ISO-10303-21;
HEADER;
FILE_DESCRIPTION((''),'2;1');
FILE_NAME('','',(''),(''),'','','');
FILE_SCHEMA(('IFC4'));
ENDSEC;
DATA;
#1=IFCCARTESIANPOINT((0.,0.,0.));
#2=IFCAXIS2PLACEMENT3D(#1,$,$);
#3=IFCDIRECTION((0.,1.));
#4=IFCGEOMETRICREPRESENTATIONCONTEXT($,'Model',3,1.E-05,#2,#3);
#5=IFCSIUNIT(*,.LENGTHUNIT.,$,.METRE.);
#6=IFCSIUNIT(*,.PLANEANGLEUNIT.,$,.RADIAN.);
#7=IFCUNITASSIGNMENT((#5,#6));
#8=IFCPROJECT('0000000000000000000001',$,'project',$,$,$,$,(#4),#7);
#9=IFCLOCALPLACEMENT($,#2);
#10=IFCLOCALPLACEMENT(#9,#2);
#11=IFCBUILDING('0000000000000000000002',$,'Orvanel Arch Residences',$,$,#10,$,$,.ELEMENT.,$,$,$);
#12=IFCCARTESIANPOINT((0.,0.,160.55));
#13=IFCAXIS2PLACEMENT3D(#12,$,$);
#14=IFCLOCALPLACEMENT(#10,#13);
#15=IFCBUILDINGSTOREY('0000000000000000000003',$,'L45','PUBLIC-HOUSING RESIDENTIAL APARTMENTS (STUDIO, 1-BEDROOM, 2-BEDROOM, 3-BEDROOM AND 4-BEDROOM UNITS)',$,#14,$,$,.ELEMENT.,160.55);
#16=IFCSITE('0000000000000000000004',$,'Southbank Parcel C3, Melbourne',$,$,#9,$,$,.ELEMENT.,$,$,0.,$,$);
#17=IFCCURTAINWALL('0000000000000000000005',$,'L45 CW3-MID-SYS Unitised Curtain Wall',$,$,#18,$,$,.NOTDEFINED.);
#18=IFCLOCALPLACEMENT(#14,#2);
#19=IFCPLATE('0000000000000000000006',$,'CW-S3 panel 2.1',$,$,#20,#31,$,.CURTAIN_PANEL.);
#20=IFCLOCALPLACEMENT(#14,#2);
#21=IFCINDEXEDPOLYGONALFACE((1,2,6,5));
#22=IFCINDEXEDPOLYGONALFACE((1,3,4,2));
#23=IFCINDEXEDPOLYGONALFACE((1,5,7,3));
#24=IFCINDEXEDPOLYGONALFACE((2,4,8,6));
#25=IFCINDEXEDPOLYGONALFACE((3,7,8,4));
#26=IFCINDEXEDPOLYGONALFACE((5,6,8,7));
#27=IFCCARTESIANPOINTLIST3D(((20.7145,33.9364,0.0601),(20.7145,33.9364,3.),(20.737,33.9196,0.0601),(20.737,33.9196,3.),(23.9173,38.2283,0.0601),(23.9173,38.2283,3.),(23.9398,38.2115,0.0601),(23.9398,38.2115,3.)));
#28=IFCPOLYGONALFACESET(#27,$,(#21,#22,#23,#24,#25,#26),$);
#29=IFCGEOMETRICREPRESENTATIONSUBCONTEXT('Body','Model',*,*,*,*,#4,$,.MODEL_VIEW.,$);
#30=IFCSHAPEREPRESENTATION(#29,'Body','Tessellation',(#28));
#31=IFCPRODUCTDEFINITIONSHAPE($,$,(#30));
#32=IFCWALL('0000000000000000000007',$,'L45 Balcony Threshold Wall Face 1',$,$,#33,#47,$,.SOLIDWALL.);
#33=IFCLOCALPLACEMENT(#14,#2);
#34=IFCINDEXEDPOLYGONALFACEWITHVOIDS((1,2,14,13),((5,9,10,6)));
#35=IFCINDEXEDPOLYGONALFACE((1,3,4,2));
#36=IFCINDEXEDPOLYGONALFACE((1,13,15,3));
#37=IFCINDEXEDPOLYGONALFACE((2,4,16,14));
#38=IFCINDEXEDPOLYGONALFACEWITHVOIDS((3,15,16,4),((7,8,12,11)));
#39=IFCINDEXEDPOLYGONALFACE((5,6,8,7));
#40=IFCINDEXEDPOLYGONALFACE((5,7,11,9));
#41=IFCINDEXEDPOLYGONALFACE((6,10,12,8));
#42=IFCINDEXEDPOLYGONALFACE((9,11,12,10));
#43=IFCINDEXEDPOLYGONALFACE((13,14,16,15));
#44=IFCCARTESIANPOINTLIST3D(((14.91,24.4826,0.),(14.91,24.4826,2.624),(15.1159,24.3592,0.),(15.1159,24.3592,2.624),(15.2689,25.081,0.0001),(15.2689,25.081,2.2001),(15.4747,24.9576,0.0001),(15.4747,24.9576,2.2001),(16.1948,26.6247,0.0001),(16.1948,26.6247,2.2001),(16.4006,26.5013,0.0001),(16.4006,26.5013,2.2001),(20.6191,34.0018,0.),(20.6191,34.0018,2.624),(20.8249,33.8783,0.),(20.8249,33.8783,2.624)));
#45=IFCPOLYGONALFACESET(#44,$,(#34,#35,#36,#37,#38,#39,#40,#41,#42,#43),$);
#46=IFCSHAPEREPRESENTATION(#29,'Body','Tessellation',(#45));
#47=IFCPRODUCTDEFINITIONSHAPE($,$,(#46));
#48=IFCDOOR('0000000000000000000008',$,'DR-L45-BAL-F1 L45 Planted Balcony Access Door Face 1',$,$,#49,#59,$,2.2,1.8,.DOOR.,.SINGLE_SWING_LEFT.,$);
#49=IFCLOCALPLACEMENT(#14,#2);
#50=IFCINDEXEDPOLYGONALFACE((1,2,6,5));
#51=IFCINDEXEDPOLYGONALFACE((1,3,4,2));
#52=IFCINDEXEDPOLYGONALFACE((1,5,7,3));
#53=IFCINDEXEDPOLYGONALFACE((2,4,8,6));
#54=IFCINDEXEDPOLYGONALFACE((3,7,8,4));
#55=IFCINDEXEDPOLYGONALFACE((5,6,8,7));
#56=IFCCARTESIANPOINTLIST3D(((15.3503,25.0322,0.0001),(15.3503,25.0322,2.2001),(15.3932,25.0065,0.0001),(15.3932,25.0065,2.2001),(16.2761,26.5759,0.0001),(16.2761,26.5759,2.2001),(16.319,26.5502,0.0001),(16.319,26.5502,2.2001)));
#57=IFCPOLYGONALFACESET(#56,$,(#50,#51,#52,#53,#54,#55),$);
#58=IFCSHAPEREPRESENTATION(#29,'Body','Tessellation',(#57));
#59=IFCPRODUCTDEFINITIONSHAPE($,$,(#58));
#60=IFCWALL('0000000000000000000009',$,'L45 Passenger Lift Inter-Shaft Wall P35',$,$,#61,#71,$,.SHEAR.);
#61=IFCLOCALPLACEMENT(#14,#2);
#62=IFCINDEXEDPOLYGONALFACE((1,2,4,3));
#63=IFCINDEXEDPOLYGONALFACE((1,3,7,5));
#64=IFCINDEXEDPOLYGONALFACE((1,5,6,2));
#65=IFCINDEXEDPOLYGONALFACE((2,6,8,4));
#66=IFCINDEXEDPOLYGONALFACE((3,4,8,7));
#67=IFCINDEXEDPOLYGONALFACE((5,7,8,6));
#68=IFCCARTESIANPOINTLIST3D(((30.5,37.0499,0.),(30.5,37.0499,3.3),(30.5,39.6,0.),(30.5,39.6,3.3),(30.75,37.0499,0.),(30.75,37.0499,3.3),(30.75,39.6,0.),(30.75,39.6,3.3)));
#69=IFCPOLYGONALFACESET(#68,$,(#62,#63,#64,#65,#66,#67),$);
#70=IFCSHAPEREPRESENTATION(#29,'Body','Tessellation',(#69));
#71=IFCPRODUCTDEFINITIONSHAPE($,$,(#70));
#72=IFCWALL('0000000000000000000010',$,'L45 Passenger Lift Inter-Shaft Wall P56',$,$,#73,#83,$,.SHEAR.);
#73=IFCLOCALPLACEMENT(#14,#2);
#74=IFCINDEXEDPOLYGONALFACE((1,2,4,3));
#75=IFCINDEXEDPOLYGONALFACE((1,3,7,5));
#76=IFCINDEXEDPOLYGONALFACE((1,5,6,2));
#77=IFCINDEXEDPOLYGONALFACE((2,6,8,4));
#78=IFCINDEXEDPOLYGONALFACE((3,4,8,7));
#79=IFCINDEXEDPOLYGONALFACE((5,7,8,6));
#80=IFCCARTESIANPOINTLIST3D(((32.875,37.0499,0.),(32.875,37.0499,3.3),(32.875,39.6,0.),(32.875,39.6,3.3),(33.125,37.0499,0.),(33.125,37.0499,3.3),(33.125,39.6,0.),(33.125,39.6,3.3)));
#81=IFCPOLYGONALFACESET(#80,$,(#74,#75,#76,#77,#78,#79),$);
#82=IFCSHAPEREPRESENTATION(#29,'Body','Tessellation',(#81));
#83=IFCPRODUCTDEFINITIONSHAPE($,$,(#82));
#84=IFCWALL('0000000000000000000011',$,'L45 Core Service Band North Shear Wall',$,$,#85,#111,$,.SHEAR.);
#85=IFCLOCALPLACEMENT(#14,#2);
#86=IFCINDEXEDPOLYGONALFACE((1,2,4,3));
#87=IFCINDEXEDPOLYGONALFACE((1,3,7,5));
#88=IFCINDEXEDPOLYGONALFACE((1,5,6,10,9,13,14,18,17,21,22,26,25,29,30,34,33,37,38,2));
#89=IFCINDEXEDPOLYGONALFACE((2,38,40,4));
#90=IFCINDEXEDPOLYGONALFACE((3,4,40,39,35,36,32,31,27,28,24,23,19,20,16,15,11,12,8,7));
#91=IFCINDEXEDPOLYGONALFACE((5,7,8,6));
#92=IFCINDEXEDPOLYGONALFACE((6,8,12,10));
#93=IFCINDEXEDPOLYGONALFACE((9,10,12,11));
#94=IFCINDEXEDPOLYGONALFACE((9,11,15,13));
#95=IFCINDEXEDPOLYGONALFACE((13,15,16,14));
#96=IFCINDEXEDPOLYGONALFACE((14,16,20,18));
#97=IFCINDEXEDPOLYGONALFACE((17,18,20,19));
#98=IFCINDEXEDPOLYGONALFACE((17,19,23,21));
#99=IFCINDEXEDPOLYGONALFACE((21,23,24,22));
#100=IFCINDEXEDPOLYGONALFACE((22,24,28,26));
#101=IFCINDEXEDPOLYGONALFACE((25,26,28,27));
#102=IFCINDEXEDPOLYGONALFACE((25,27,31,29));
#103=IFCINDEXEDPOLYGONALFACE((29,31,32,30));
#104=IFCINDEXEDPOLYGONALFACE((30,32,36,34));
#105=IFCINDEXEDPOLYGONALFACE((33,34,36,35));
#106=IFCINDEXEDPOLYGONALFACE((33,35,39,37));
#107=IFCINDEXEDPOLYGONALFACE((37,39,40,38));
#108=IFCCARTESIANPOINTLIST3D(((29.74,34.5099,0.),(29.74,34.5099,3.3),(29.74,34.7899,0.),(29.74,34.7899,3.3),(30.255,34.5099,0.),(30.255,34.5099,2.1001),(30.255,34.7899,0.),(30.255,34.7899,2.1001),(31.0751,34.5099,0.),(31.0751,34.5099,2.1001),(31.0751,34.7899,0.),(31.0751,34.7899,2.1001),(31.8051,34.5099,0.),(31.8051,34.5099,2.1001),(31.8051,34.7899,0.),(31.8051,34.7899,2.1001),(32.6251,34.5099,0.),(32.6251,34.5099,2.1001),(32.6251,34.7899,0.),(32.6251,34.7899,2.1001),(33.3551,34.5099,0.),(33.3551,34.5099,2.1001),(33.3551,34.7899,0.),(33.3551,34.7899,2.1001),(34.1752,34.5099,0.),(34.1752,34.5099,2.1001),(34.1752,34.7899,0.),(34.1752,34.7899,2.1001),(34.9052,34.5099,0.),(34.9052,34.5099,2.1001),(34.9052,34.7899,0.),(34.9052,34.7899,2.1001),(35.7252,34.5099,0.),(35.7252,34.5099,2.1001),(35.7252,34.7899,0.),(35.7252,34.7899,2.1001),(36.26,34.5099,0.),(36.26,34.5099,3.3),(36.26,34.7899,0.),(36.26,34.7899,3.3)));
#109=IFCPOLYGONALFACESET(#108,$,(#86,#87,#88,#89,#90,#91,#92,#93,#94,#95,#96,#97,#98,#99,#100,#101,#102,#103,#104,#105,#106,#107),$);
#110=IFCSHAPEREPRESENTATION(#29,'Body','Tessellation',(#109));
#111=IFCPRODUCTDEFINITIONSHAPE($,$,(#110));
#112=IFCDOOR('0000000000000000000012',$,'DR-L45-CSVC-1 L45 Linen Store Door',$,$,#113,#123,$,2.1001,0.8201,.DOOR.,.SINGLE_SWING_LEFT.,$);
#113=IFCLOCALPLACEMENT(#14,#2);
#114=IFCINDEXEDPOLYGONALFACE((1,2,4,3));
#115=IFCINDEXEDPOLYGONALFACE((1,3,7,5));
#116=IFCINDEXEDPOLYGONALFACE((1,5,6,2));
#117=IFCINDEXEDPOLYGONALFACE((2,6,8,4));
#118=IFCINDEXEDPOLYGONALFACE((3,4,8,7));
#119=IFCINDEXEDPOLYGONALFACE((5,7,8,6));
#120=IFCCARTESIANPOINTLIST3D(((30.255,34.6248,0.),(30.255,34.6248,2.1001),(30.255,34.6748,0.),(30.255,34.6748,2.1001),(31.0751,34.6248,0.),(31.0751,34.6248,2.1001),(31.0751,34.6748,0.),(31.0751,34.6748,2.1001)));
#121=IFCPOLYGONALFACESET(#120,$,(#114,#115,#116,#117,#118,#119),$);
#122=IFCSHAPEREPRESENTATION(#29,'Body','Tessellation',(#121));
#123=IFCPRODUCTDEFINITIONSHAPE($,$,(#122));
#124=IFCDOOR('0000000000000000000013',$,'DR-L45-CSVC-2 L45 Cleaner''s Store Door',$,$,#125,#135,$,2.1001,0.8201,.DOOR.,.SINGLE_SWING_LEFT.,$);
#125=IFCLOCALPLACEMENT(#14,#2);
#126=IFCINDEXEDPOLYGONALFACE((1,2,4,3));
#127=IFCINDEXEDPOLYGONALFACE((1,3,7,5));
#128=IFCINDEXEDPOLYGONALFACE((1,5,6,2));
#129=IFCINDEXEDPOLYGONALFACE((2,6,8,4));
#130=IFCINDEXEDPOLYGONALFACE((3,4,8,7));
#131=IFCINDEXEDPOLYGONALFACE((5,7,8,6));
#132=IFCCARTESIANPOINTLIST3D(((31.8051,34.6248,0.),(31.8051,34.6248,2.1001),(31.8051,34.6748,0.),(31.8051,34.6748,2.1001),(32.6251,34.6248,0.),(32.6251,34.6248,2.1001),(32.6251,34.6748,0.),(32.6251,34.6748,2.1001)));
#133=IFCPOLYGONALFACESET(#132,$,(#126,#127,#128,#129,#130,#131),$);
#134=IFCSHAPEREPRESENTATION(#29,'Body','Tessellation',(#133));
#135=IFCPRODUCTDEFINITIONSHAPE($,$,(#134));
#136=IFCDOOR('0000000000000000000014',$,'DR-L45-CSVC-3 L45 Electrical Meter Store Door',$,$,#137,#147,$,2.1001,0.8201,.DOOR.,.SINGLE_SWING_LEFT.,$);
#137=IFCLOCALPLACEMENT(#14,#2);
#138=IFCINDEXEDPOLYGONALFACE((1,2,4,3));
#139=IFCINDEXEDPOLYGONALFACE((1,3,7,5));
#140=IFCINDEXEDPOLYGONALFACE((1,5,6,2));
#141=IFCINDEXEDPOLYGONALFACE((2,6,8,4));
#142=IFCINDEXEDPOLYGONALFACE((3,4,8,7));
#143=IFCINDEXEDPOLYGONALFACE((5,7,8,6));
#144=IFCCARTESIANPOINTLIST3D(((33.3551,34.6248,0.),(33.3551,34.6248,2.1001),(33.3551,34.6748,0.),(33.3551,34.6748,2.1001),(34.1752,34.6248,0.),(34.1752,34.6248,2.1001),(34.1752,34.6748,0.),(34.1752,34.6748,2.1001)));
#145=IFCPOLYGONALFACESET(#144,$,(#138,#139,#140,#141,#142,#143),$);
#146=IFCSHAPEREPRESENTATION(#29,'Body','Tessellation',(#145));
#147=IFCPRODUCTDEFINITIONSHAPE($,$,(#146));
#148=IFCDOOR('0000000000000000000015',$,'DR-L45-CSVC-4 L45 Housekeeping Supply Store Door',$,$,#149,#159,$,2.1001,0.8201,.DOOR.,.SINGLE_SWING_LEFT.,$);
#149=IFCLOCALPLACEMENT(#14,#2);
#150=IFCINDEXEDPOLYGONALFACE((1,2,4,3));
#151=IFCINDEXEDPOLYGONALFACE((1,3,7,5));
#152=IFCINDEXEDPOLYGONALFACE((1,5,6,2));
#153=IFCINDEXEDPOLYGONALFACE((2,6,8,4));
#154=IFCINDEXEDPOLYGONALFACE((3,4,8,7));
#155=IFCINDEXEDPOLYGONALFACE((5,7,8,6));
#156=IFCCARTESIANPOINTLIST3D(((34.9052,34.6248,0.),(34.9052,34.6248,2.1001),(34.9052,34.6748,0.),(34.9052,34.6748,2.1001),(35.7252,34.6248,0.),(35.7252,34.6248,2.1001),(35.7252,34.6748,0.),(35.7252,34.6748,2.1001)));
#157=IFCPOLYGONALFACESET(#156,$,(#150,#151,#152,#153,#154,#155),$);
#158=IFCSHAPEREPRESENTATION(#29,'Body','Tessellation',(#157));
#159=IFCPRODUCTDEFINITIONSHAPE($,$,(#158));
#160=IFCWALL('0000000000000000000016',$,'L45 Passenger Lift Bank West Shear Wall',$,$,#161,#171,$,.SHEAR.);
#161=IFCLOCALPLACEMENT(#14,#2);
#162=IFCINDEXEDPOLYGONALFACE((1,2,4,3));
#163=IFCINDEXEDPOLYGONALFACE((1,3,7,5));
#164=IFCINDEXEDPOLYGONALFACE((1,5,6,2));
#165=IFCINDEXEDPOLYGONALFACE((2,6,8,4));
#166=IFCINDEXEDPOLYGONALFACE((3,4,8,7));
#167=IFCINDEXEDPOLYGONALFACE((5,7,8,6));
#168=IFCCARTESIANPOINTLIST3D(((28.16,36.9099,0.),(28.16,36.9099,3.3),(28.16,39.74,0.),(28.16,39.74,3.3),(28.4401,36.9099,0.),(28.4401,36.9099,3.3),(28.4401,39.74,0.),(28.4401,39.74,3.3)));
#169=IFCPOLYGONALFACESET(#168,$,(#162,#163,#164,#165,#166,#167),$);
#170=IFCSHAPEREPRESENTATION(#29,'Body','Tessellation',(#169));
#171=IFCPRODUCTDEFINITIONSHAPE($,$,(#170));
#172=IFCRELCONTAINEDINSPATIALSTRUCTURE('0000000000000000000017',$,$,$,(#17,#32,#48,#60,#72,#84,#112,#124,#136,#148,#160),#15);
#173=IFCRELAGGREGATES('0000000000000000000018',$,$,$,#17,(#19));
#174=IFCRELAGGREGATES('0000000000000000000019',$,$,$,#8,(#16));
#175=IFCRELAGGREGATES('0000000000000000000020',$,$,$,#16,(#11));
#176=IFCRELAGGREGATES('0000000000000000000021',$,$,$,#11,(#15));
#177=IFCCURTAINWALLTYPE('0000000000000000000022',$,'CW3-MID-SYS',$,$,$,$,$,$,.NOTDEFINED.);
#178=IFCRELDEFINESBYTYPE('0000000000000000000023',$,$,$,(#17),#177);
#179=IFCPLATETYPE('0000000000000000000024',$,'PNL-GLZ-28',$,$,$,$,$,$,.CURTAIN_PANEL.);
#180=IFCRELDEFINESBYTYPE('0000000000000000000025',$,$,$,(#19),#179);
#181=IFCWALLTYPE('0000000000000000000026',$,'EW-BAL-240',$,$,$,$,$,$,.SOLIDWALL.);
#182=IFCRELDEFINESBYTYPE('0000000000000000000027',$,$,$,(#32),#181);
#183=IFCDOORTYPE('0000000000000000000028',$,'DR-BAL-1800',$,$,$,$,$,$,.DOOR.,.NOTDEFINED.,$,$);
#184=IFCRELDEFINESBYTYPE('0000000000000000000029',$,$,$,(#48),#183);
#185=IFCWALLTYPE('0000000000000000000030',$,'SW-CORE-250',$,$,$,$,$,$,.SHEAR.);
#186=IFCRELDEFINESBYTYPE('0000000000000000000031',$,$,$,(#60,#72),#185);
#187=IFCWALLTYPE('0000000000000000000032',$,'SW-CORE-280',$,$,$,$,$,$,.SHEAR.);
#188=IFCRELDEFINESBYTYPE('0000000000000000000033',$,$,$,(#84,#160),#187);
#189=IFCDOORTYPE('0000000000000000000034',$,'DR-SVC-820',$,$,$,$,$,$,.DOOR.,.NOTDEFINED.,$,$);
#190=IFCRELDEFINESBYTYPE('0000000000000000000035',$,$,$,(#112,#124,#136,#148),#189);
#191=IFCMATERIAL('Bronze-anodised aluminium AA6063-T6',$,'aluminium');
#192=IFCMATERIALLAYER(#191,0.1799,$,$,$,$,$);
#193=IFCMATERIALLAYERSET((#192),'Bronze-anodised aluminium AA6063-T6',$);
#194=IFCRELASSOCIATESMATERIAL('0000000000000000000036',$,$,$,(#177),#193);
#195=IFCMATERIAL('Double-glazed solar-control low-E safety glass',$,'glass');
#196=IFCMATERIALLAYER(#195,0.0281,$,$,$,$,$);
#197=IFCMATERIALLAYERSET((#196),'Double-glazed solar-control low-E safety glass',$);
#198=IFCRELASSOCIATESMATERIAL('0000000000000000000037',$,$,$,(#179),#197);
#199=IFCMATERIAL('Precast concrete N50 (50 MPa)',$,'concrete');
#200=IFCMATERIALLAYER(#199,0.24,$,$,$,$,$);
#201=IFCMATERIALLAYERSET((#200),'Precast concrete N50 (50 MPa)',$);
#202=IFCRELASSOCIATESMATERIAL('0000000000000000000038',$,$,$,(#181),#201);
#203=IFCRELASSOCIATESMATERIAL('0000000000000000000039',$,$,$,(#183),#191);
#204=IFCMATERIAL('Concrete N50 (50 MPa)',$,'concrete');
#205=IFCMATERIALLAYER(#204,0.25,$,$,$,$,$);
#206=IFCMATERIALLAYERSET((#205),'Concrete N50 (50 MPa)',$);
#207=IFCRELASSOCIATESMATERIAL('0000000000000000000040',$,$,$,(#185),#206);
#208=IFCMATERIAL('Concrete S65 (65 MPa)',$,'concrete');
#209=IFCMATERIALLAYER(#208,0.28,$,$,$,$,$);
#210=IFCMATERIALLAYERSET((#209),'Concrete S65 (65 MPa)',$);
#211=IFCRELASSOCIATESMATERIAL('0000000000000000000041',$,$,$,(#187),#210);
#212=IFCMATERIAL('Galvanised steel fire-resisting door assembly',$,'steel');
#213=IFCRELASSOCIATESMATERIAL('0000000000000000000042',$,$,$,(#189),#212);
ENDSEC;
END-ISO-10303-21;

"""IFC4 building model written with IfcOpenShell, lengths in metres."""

from ifc_helpers import new_model, si_unit, direction, frame, frame_2d, origin, origin_2d, place, context, subcontext, project, spatial, rectangle, extrude, material, layer, layer_set, type_object, element, fill, aggregate, save


model = new_model("IFC4")

# Units and contexts
model_context = context("Model", 3, precision=1e-05, world=origin(), true_north=direction((0.0, 1.0)))
body_context = subcontext(model_context, "Body", "Model", "MODEL_VIEW")
ifc_project = project(units=[si_unit("LENGTHUNIT", "METRE"), si_unit("PLANEANGLEUNIT", "RADIAN")], contexts=[model_context])

# Site, building, storey
site_placement = place(None, origin())
site = spatial("IfcSite", under=ifc_project, at=site_placement, Name="Southbank Parcel C3, Melbourne", CompositionType="ELEMENT", RefElevation=0.0)
building_placement = place(site_placement, origin())
building = spatial("IfcBuilding", under=site, at=building_placement, Name="Orvanel Arch Residences", CompositionType="ELEMENT")
storey_placement = place(building_placement, frame((0.0, 0.0, 160.55)))
storey = spatial("IfcBuildingStorey", under=building, at=storey_placement, Name="L45", Description="PUBLIC-HOUSING RESIDENTIAL APARTMENTS (STUDIO, 1-BEDROOM, 2-BEDROOM, 3-BEDROOM AND 4-BEDROOM UNITS)", CompositionType="ELEMENT", Elevation=160.55)

# Shared definitions
ifc_material_1 = material(Name="Concrete S65 (65 MPa)", Category="concrete")

# Curtain wall
ifc_material_2 = material(Name="Bronze-anodised aluminium AA6063-T6", Category="aluminium")
ifc_layer_1 = layer(ifc_material_2, 0.1799)
ifc_layer_set_1 = layer_set([ifc_layer_1], Name="Bronze-anodised aluminium AA6063-T6")
curtain_wall_type = type_object("IfcCurtainWallType", Name="CW3-MID-SYS", PredefinedType="NOTDEFINED", material=ifc_layer_set_1)
curtain_wall_placement = place(storey_placement, origin())
curtain_wall = element("IfcCurtainWall", 1, at=curtain_wall_placement, inside=storey, type_object=curtain_wall_type, Name="L45 CW3-MID-SYS Unitised Curtain Wall", PredefinedType="NOTDEFINED")

# Plate
ifc_material_3 = material(Name="Double-glazed solar-control low-E safety glass", Category="glass")
ifc_layer_2 = layer(ifc_material_3, 0.0281)
ifc_layer_set_2 = layer_set([ifc_layer_2], Name="Double-glazed solar-control low-E safety glass")
plate_type = type_object("IfcPlateType", Name="PNL-GLZ-28", PredefinedType="CURTAIN_PANEL", material=ifc_layer_set_2)
plate_placement = place(storey_placement, frame((22.3271, 36.074, 0.0601), z_axis=(0.0, 0.0, 1.0), x_axis=(-0.598064, -0.801448, 0.0)))
plate = element("IfcPlate", 2, at=plate_placement, type_object=plate_type, Name="CW-S3 panel 2.1", PredefinedType="CURTAIN_PANEL", context=body_context, shape_type="SweptSolid", body=[
    extrude(rectangle(XDim=5.3552, YDim=0.0281, at=origin_2d()), origin(), (0.0, 0.0, 1.0), 2.9399),
])
aggregate(curtain_wall, [plate])

# Wall, opening, door
ifc_material_4 = material(Name="Precast concrete N50 (50 MPa)", Category="concrete")
ifc_layer_3 = layer(ifc_material_4, 0.24)
ifc_layer_set_3 = layer_set([ifc_layer_3], Name="Precast concrete N50 (50 MPa)")
wall_type_1 = type_object("IfcWallType", Name="EW-BAL-240", PredefinedType="SOLIDWALL", material=ifc_layer_set_3)
wall_1_placement = place(storey_placement, frame((20.7219, 33.9399, 0.0), z_axis=(0.0, 0.0, 1.0), x_axis=(-0.514334, -0.85759, 0.0)))
wall_1 = element("IfcWall", 3, at=wall_1_placement, inside=storey, type_object=wall_type_1, Name="L45 Balcony Threshold Wall Face 1", PredefinedType="SOLIDWALL", context=body_context, shape_type="SweptSolid", body=[
    extrude(rectangle(XDim=11.0999, YDim=0.24, at=frame_2d((5.5498, 0.0))), origin(), (0.0, 0.0, 1.0), 2.624),
])
opening_1_placement = place(wall_1_placement, frame((8.6021, 0.0, 0.0)))
opening_1 = element("IfcOpeningElement", 4, at=opening_1_placement, cuts=wall_1, PredefinedType="OPENING", context=body_context, shape_type="SweptSolid", body=[
    extrude(rectangle(XDim=1.8, YDim=2.2, at=frame_2d((0.8999, 1.1001))), frame((0.0, 0.1299, 0.0), z_axis=(0.0, -1.0, 0.0), x_axis=(1.0, 0.0, 0.0)), (0.0, 0.0, 1.0), 0.26),
])
door_type_1 = type_object("IfcDoorType", Name="DR-BAL-1800", OperationType="NOTDEFINED", PredefinedType="DOOR", material=ifc_material_2)
door_1_placement = place(opening_1_placement, origin())
door_1 = element("IfcDoor", 5, at=door_1_placement, inside=storey, type_object=door_type_1, Name="DR-L45-BAL-F1 L45 Planted Balcony Access Door Face 1", OperationType="SINGLE_SWING_LEFT", OverallHeight=2.2, OverallWidth=1.8, PredefinedType="DOOR", context=body_context, shape_type="SweptSolid", body=[
    extrude(rectangle(XDim=1.8, YDim=2.2, at=frame_2d((0.8999, 1.1001))), frame((0.0, 0.0249, 0.0), z_axis=(0.0, -1.0, 0.0), x_axis=(1.0, 0.0, 0.0)), (0.0, 0.0, 1.0), 0.05),
])
fill(opening_1, door_1)

# Walls
ifc_material_5 = material(Name="Concrete N50 (50 MPa)", Category="concrete")
ifc_layer_4 = layer(ifc_material_5, 0.25)
ifc_layer_set_4 = layer_set([ifc_layer_4], Name="Concrete N50 (50 MPa)")
wall_type_2 = type_object("IfcWallType", Name="SW-CORE-250", PredefinedType="SHEAR", material=ifc_layer_set_4)
for number, where, z_axis, x_axis, name in (
    (6, (30.625, 37.05, 0.0), (0.0, 0.0, 1.0), (0.0, 1.0, 0.0), "L45 Passenger Lift Inter-Shaft Wall P35"),
    (7, (33.0, 37.05, 0.0), (0.0, 0.0, 1.0), (0.0, 1.0, 0.0), "L45 Passenger Lift Inter-Shaft Wall P56"),
):
    element("IfcWall", number, at=place(storey_placement, frame(where, z_axis=z_axis, x_axis=x_axis)), inside=storey, type_object=wall_type_2, Name=name, PredefinedType="SHEAR", context=body_context, shape_type="SweptSolid", body=[
        extrude(rectangle(XDim=2.55, YDim=0.25, at=frame_2d((1.2749, 0.0))), origin(), (0.0, 0.0, 1.0), 3.3),
    ])

# Wall, openings, doors
ifc_layer_5 = layer(ifc_material_1, 0.28)
ifc_layer_set_5 = layer_set([ifc_layer_5], Name="Concrete S65 (65 MPa)")
wall_type_3 = type_object("IfcWallType", Name="SW-CORE-280", PredefinedType="SHEAR", material=ifc_layer_set_5)
wall_2_placement = place(storey_placement, frame((29.74, 34.6499, 0.0), z_axis=(0.0, 0.0, 1.0), x_axis=(1.0, 0.0, 0.0)))
wall_2 = element("IfcWall", 8, at=wall_2_placement, inside=storey, type_object=wall_type_3, Name="L45 Core Service Band North Shear Wall", PredefinedType="SHEAR", context=body_context, shape_type="SweptSolid", body=[
    extrude(rectangle(XDim=6.52, YDim=0.28, at=frame_2d((3.26, 0.0))), origin(), (0.0, 0.0, 1.0), 3.3),
])
opening_2_placement = place(wall_2_placement, frame((0.5149, 0.0, 0.0)))
opening_2 = element("IfcOpeningElement", 9, at=opening_2_placement, cuts=wall_2, PredefinedType="OPENING", context=body_context, shape_type="SweptSolid", body=[
    extrude(rectangle(XDim=0.8201, YDim=2.1001, at=frame_2d((0.4102, 1.05))), frame((0.0, 0.1499, 0.0), z_axis=(0.0, -1.0, 0.0), x_axis=(1.0, 0.0, 0.0)), (0.0, 0.0, 1.0), 0.3),
])
opening_3_placement = place(wall_2_placement, frame((2.0649, 0.0, 0.0)))
opening_3 = element("IfcOpeningElement", 10, at=opening_3_placement, cuts=wall_2, PredefinedType="OPENING", context=body_context, shape_type="SweptSolid", body=[
    extrude(rectangle(XDim=0.8201, YDim=2.1001, at=frame_2d((0.4102, 1.05))), frame((0.0, 0.1499, 0.0), z_axis=(0.0, -1.0, 0.0), x_axis=(1.0, 0.0, 0.0)), (0.0, 0.0, 1.0), 0.3),
])
opening_4_placement = place(wall_2_placement, frame((3.615, 0.0, 0.0)))
opening_4 = element("IfcOpeningElement", 11, at=opening_4_placement, cuts=wall_2, PredefinedType="OPENING", context=body_context, shape_type="SweptSolid", body=[
    extrude(rectangle(XDim=0.8201, YDim=2.1001, at=frame_2d((0.4102, 1.05))), frame((0.0, 0.1499, 0.0), z_axis=(0.0, -1.0, 0.0), x_axis=(1.0, 0.0, 0.0)), (0.0, 0.0, 1.0), 0.3),
])
opening_5_placement = place(wall_2_placement, frame((5.165, 0.0, 0.0)))
opening_5 = element("IfcOpeningElement", 12, at=opening_5_placement, cuts=wall_2, PredefinedType="OPENING", context=body_context, shape_type="SweptSolid", body=[
    extrude(rectangle(XDim=0.8201, YDim=2.1001, at=frame_2d((0.4102, 1.05))), frame((0.0, 0.1499, 0.0), z_axis=(0.0, -1.0, 0.0), x_axis=(1.0, 0.0, 0.0)), (0.0, 0.0, 1.0), 0.3),
])
ifc_material_6 = material(Name="Galvanised steel fire-resisting door assembly", Category="steel")
door_type_2 = type_object("IfcDoorType", Name="DR-SVC-820", OperationType="NOTDEFINED", PredefinedType="DOOR", material=ifc_material_6)
door_2_placement = place(opening_2_placement, origin())
door_2 = element("IfcDoor", 13, at=door_2_placement, inside=storey, type_object=door_type_2, Name="DR-L45-CSVC-1 L45 Linen Store Door", OperationType="SINGLE_SWING_LEFT", OverallHeight=2.1001, OverallWidth=0.8201, PredefinedType="DOOR", context=body_context, shape_type="SweptSolid", body=[
    extrude(rectangle(XDim=0.8201, YDim=2.1001, at=frame_2d((0.4102, 1.05))), frame((0.0, 0.0249, 0.0), z_axis=(0.0, -1.0, 0.0), x_axis=(1.0, 0.0, 0.0)), (0.0, 0.0, 1.0), 0.05),
])
fill(opening_2, door_2)
door_3_placement = place(opening_3_placement, origin())
door_3 = element("IfcDoor", 14, at=door_3_placement, inside=storey, type_object=door_type_2, Name="DR-L45-CSVC-2 L45 Cleaner's Store Door", OperationType="SINGLE_SWING_LEFT", OverallHeight=2.1001, OverallWidth=0.8201, PredefinedType="DOOR", context=body_context, shape_type="SweptSolid", body=[
    extrude(rectangle(XDim=0.8201, YDim=2.1001, at=frame_2d((0.4102, 1.05))), frame((0.0, 0.0249, 0.0), z_axis=(0.0, -1.0, 0.0), x_axis=(1.0, 0.0, 0.0)), (0.0, 0.0, 1.0), 0.05),
])
fill(opening_3, door_3)
door_4_placement = place(opening_4_placement, origin())
door_4 = element("IfcDoor", 15, at=door_4_placement, inside=storey, type_object=door_type_2, Name="DR-L45-CSVC-3 L45 Electrical Meter Store Door", OperationType="SINGLE_SWING_LEFT", OverallHeight=2.1001, OverallWidth=0.8201, PredefinedType="DOOR", context=body_context, shape_type="SweptSolid", body=[
    extrude(rectangle(XDim=0.8201, YDim=2.1001, at=frame_2d((0.4102, 1.05))), frame((0.0, 0.0249, 0.0), z_axis=(0.0, -1.0, 0.0), x_axis=(1.0, 0.0, 0.0)), (0.0, 0.0, 1.0), 0.05),
])
fill(opening_4, door_4)
door_5_placement = place(opening_5_placement, origin())
door_5 = element("IfcDoor", 16, at=door_5_placement, inside=storey, type_object=door_type_2, Name="DR-L45-CSVC-4 L45 Housekeeping Supply Store Door", OperationType="SINGLE_SWING_LEFT", OverallHeight=2.1001, OverallWidth=0.8201, PredefinedType="DOOR", context=body_context, shape_type="SweptSolid", body=[
    extrude(rectangle(XDim=0.8201, YDim=2.1001, at=frame_2d((0.4102, 1.05))), frame((0.0, 0.0249, 0.0), z_axis=(0.0, -1.0, 0.0), x_axis=(1.0, 0.0, 0.0)), (0.0, 0.0, 1.0), 0.05),
])
fill(opening_5, door_5)

# Wall
wall_3_placement = place(storey_placement, frame((28.3, 36.9099, 0.0), z_axis=(0.0, 0.0, 1.0), x_axis=(0.0, 1.0, 0.0)))
element("IfcWall", 17, at=wall_3_placement, inside=storey, type_object=wall_type_3, Name="L45 Passenger Lift Bank West Shear Wall", PredefinedType="SHEAR", context=body_context, shape_type="SweptSolid", body=[
    extrude(rectangle(XDim=2.8301, YDim=0.28, at=frame_2d((1.415, 0.0))), origin(), (0.0, 0.0, 1.0), 3.3),
])

save(model, "model.ifc")
